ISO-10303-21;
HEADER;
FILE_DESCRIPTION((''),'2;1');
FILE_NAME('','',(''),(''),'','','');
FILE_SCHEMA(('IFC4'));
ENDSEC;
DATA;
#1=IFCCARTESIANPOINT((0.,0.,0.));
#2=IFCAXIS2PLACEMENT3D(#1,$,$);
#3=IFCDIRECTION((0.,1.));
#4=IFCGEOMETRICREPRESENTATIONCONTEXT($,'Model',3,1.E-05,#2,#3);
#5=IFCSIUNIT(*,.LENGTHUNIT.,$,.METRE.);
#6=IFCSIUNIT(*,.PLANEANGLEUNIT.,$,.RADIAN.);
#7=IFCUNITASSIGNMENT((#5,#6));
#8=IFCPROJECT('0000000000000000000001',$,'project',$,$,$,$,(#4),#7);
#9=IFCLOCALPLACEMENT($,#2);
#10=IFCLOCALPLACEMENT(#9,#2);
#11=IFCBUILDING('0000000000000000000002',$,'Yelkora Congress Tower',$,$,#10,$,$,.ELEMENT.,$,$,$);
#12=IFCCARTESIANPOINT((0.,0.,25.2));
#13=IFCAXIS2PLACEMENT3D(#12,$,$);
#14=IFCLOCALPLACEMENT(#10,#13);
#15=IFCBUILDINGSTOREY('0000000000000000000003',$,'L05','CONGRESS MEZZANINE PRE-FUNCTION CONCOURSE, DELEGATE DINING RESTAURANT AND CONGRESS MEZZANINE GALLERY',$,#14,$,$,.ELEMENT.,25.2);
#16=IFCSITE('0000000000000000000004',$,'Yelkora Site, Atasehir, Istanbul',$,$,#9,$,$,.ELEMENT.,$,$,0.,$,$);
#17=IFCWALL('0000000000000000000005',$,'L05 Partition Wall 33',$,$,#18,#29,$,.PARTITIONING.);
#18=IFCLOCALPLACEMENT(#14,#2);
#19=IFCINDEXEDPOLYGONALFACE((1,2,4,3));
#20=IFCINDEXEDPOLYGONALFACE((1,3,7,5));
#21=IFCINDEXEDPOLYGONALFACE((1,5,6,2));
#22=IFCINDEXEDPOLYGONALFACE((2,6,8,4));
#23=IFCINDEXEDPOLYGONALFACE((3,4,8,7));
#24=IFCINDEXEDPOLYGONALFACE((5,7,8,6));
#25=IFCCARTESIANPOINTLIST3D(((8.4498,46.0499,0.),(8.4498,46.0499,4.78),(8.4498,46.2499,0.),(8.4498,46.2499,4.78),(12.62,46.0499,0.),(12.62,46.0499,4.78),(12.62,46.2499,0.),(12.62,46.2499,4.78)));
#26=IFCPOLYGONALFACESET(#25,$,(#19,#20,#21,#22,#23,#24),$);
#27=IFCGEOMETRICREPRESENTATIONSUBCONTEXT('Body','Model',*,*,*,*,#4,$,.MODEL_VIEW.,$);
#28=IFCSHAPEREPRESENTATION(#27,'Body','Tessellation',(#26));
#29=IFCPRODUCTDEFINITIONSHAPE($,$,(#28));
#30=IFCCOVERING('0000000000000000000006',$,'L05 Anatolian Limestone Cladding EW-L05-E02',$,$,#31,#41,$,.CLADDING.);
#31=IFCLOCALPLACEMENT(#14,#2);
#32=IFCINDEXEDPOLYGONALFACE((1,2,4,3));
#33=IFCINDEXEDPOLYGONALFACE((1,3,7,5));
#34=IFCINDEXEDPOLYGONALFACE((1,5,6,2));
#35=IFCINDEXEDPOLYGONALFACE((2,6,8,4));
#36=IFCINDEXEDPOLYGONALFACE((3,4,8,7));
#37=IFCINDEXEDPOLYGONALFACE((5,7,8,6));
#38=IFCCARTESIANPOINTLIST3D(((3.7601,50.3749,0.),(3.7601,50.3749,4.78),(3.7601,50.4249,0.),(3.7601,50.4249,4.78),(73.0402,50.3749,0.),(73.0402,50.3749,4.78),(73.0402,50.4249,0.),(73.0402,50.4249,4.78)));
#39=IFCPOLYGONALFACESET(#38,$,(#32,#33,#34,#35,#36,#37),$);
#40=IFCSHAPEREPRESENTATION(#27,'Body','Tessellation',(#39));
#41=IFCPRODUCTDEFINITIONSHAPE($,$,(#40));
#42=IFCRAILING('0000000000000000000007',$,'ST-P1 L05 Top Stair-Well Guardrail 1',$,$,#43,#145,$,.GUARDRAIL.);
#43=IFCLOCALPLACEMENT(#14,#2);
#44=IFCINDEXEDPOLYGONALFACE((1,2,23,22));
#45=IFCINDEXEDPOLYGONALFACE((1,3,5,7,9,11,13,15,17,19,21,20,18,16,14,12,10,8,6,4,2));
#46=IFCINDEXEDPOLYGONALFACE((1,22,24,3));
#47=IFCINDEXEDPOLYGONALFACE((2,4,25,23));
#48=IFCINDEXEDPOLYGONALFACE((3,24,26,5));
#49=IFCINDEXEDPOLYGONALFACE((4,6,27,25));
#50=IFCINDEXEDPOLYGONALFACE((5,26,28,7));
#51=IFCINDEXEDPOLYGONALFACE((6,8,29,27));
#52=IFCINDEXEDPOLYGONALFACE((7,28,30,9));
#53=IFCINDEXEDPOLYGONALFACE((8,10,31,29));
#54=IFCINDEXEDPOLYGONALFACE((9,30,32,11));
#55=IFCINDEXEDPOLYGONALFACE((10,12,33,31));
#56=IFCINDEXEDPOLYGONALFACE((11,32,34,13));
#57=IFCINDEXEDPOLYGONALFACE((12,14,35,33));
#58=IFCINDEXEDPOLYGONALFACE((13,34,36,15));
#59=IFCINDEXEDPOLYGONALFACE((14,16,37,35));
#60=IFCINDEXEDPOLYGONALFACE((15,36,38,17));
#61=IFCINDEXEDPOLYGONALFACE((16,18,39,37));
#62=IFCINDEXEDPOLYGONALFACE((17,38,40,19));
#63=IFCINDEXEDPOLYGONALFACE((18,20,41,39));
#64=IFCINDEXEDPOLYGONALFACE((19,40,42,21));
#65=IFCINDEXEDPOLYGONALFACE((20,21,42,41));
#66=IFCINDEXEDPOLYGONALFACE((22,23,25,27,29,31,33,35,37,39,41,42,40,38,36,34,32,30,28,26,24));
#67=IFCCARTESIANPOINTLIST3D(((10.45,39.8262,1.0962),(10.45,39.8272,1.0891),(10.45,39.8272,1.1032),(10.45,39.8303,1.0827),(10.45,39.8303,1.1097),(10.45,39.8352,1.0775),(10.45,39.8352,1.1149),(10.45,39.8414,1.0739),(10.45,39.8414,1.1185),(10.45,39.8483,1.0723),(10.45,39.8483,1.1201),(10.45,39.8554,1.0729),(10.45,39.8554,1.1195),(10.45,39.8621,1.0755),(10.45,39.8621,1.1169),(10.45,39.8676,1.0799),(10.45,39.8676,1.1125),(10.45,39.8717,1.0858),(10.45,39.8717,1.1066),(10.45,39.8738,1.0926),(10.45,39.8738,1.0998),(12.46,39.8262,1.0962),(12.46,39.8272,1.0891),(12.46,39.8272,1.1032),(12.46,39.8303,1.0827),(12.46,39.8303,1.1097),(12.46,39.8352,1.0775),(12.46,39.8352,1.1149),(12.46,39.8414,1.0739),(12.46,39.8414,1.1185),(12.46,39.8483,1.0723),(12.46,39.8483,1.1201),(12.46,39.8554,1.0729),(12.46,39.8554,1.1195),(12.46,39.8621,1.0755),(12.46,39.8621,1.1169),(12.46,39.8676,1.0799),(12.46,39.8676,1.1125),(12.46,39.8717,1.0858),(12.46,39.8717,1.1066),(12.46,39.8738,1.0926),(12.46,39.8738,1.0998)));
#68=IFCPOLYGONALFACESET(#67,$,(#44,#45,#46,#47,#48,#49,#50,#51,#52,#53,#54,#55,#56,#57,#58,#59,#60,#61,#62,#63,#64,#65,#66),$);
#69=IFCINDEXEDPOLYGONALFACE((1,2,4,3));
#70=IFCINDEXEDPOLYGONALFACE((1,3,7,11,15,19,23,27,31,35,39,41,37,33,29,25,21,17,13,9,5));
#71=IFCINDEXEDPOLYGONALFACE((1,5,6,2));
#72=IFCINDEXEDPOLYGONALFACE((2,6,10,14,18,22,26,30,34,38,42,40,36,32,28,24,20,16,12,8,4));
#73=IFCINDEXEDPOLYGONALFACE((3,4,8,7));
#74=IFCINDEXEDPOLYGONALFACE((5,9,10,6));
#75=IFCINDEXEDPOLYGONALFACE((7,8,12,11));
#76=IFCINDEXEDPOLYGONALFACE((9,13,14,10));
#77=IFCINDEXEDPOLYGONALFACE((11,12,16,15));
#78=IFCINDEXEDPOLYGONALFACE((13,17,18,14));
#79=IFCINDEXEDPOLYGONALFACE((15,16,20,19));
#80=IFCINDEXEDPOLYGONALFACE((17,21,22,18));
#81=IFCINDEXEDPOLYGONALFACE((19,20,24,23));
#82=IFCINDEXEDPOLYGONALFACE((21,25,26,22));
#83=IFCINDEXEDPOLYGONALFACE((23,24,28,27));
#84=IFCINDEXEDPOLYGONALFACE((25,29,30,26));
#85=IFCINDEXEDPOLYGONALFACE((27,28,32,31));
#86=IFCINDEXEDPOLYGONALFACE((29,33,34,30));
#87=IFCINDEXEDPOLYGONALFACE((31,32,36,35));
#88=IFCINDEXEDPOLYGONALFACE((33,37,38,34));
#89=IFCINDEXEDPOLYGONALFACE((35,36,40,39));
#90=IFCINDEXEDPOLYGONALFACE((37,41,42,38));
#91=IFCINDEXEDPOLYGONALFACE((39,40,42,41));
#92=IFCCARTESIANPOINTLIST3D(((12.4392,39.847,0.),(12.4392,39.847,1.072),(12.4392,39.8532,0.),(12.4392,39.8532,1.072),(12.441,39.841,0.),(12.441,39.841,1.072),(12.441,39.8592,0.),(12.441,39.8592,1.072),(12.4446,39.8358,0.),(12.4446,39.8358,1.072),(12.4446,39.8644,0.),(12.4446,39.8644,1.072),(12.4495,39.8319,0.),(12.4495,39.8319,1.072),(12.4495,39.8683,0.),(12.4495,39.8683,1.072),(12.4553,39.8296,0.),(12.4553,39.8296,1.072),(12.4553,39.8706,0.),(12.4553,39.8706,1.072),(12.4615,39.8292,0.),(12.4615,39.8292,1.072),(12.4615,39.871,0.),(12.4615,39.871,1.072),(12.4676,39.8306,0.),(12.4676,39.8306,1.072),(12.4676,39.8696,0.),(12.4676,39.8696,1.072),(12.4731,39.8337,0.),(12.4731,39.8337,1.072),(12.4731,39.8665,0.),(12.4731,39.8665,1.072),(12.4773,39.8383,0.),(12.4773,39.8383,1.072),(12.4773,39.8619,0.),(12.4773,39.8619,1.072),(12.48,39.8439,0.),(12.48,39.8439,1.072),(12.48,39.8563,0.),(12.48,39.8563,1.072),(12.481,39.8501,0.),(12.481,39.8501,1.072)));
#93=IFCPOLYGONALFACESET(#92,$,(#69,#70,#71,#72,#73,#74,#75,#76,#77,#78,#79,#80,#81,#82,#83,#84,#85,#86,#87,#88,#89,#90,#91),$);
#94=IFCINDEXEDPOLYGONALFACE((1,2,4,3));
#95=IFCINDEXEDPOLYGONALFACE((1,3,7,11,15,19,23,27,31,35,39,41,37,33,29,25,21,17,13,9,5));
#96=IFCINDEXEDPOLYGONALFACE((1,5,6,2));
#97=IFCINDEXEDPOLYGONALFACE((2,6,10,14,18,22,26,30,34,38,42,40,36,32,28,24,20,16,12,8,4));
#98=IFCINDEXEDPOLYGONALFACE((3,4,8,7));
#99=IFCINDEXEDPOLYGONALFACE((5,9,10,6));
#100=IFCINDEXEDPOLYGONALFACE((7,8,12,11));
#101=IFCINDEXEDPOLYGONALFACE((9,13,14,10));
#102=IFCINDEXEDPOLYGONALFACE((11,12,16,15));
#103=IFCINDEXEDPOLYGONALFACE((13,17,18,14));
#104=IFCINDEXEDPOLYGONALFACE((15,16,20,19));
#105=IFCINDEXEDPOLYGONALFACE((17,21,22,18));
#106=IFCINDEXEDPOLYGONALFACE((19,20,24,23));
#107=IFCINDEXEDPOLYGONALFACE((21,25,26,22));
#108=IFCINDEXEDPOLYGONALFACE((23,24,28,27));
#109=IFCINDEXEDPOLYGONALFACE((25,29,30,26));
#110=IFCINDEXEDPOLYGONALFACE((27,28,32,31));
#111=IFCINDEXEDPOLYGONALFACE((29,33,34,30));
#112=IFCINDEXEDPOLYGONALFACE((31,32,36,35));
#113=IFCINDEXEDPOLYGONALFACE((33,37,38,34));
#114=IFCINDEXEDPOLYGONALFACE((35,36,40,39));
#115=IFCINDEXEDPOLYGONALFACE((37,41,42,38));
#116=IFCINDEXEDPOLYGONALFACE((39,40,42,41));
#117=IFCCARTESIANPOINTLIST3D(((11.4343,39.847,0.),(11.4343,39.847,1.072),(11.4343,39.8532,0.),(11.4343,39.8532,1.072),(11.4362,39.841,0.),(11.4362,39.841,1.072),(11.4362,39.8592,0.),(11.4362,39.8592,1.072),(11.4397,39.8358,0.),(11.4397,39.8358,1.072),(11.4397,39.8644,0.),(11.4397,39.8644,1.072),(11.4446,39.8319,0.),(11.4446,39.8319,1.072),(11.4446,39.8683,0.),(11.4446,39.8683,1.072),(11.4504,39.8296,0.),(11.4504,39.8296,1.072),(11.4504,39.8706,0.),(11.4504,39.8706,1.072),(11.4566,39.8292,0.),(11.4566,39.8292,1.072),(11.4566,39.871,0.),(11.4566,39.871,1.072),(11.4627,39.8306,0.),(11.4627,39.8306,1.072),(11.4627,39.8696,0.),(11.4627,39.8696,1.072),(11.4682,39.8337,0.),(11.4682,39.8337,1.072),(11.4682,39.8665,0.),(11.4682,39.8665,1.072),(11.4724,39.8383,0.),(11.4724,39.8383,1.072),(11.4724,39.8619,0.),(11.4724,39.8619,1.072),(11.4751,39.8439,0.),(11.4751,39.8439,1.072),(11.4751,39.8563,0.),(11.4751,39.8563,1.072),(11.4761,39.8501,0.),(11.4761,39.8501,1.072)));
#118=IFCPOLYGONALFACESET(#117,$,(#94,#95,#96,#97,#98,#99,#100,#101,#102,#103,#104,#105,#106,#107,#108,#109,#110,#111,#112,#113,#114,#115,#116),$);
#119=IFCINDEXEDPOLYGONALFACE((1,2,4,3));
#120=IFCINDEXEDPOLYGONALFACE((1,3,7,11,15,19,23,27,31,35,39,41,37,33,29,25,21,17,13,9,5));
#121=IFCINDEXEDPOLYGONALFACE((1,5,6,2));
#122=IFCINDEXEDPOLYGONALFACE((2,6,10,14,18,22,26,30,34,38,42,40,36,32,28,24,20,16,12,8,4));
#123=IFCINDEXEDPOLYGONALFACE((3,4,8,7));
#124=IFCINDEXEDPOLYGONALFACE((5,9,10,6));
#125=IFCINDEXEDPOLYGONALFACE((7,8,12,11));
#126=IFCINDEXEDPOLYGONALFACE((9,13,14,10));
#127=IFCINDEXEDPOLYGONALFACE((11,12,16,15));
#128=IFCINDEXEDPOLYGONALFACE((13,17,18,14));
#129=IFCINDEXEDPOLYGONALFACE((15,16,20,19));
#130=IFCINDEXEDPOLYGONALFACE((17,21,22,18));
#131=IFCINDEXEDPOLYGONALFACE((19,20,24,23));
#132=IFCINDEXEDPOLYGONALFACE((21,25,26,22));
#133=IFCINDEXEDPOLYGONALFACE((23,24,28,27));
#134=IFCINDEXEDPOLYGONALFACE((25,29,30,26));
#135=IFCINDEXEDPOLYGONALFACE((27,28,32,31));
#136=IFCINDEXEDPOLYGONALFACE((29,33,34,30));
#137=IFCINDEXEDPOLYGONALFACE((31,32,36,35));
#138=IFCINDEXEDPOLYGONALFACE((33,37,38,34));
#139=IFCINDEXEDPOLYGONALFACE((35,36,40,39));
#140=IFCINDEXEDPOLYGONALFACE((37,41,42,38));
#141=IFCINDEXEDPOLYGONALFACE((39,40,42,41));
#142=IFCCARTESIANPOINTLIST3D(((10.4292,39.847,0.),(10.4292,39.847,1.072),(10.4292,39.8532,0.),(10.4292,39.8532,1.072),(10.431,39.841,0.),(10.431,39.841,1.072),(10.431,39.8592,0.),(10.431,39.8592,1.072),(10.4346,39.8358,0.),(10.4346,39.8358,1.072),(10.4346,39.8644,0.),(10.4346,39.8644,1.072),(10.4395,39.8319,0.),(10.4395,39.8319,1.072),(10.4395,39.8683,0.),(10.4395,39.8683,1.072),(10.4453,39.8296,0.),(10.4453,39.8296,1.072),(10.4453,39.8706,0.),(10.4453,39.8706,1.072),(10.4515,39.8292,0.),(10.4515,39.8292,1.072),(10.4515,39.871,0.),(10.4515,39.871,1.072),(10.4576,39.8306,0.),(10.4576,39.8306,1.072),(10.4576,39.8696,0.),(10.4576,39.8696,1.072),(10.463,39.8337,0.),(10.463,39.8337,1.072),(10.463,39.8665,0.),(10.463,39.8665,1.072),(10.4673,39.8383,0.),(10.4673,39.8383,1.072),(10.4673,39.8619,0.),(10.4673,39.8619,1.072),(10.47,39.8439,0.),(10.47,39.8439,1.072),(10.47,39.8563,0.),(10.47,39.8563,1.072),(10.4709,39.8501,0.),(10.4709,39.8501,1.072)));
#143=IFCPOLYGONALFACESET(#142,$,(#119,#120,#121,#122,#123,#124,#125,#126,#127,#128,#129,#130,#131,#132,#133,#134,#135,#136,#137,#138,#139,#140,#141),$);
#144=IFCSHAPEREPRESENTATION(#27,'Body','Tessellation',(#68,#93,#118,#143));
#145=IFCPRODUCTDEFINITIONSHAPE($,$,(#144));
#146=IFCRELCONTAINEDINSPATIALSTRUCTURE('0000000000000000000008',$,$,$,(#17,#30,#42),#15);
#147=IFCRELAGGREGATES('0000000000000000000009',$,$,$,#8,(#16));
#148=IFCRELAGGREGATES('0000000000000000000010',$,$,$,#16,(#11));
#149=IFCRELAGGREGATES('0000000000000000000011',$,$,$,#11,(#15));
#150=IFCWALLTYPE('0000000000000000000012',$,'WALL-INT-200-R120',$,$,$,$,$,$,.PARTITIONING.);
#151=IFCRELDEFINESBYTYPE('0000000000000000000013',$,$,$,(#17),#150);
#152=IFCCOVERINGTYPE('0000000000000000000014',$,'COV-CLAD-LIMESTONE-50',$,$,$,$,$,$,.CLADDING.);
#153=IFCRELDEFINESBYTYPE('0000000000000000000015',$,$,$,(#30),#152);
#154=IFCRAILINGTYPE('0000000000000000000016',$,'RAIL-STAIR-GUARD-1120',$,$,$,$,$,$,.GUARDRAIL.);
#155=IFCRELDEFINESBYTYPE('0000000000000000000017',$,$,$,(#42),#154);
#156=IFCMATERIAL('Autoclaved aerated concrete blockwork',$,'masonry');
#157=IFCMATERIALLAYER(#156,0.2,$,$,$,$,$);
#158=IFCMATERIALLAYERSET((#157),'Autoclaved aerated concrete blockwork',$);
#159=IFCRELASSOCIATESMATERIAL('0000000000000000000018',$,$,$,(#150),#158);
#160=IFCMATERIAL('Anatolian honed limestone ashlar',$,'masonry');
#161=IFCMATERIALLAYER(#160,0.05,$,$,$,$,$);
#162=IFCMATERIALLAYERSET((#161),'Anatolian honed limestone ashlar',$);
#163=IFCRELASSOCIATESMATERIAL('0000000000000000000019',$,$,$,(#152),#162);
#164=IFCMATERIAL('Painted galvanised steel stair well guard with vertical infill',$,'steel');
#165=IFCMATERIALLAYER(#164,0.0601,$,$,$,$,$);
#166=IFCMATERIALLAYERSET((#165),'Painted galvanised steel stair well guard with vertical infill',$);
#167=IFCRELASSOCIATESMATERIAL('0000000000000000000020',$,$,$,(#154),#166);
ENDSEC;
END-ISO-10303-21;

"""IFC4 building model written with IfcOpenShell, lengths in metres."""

from ifc_helpers import new_model, si_unit, direction, frame, frame_2d, origin, origin_2d, place, context, subcontext, project, spatial, rectangle, circle, extrude, material, layer, layer_set, type_object, element, save


model = new_model("IFC4")

# Units and contexts
model_context = context("Model", 3, precision=1e-05, world=origin(), true_north=direction((0.0, 1.0)))
body_context = subcontext(model_context, "Body", "Model", "MODEL_VIEW")
ifc_project = project(units=[si_unit("LENGTHUNIT", "METRE"), si_unit("PLANEANGLEUNIT", "RADIAN")], contexts=[model_context])

# Site, building, storey
site_placement = place(None, origin())
site = spatial("IfcSite", under=ifc_project, at=site_placement, Name="Yelkora Site, Atasehir, Istanbul", CompositionType="ELEMENT", RefElevation=0.0)
building_placement = place(site_placement, origin())
building = spatial("IfcBuilding", under=site, at=building_placement, Name="Yelkora Congress Tower", CompositionType="ELEMENT")
storey_placement = place(building_placement, frame((0.0, 0.0, 25.2)))
storey = spatial("IfcBuildingStorey", under=building, at=storey_placement, Name="L05", Description="CONGRESS MEZZANINE PRE-FUNCTION CONCOURSE, DELEGATE DINING RESTAURANT AND CONGRESS MEZZANINE GALLERY", CompositionType="ELEMENT", Elevation=25.2)

# Wall
ifc_material_1 = material(Name="Autoclaved aerated concrete blockwork", Category="masonry")
ifc_layer_1 = layer(ifc_material_1, 0.2)
ifc_layer_set_1 = layer_set([ifc_layer_1], Name="Autoclaved aerated concrete blockwork")
wall_type_1 = type_object("IfcWallType", Name="WALL-INT-200-R120", PredefinedType="PARTITIONING", material=ifc_layer_set_1)
wall_1_placement = place(storey_placement, frame((8.45, 46.1499, 0.0), z_axis=(0.0, 0.0, 1.0), x_axis=(1.0, 0.0, 0.0)))
element("IfcWall", 1, at=wall_1_placement, inside=storey, type_object=wall_type_1, Name="L05 Partition Wall 33", PredefinedType="PARTITIONING", context=body_context, shape_type="SweptSolid", body=[
    extrude(rectangle(XDim=4.1702, YDim=0.2, at=frame_2d((2.085, 0.0))), origin(), (0.0, 0.0, 1.0), 4.78),
])

# Covering
ifc_material_2 = material(Name="Anatolian honed limestone ashlar", Category="masonry")
ifc_layer_2 = layer(ifc_material_2, 0.05)
ifc_layer_set_2 = layer_set([ifc_layer_2], Name="Anatolian honed limestone ashlar")
covering_type = type_object("IfcCoveringType", Name="COV-CLAD-LIMESTONE-50", PredefinedType="CLADDING", material=ifc_layer_set_2)
covering_placement = place(storey_placement, frame((3.76, 50.3999, 0.0), z_axis=(0.0, 0.0, 1.0), x_axis=(1.0, 0.0, 0.0)))
element("IfcCovering", 2, at=covering_placement, inside=storey, type_object=covering_type, Name="L05 Anatolian Limestone Cladding EW-L05-E02", PredefinedType="CLADDING", context=body_context, shape_type="SweptSolid", body=[
    extrude(rectangle(XDim=69.28, YDim=0.05, at=frame_2d((34.6401, 0.0))), origin(), (0.0, 0.0, 1.0), 4.78),
])

# Railing
ifc_material_3 = material(Name="Painted galvanised steel stair well guard with vertical infill", Category="steel")
ifc_layer_3 = layer(ifc_material_3, 0.0601)
ifc_layer_set_3 = layer_set([ifc_layer_3], Name="Painted galvanised steel stair well guard with vertical infill")
railing_type = type_object("IfcRailingType", Name="RAIL-STAIR-GUARD-1120", PredefinedType="GUARDRAIL", material=ifc_layer_set_3)
railing_1_placement = place(storey_placement, frame((12.46, 39.8501, 0.0)))
element("IfcRailing", 3, at=railing_1_placement, inside=storey, type_object=railing_type, Name="ST-P1 L05 Top Stair-Well Guardrail 1", PredefinedType="GUARDRAIL", context=body_context, shape_type="SweptSolid", body=[
    extrude(circle(Radius=0.0239, at=origin_2d()), frame((0.0, 0.0, 1.0962), z_axis=(-1.0, 0.0, 0.0), x_axis=(0.0, -1.0, 0.0)), (0.0, 0.0, 1.0), 2.01),
    extrude(circle(Radius=0.021, at=origin_2d()), origin(), (0.0, 0.0, 1.0), 1.072),
    extrude(circle(Radius=0.021, at=origin_2d()), frame((-1.0049, 0.0, 0.0)), (0.0, 0.0, 1.0), 1.072),
    extrude(circle(Radius=0.021, at=origin_2d()), frame((-2.01, 0.0, 0.0)), (0.0, 0.0, 1.0), 1.072),
])

save(model, "model.ifc")
